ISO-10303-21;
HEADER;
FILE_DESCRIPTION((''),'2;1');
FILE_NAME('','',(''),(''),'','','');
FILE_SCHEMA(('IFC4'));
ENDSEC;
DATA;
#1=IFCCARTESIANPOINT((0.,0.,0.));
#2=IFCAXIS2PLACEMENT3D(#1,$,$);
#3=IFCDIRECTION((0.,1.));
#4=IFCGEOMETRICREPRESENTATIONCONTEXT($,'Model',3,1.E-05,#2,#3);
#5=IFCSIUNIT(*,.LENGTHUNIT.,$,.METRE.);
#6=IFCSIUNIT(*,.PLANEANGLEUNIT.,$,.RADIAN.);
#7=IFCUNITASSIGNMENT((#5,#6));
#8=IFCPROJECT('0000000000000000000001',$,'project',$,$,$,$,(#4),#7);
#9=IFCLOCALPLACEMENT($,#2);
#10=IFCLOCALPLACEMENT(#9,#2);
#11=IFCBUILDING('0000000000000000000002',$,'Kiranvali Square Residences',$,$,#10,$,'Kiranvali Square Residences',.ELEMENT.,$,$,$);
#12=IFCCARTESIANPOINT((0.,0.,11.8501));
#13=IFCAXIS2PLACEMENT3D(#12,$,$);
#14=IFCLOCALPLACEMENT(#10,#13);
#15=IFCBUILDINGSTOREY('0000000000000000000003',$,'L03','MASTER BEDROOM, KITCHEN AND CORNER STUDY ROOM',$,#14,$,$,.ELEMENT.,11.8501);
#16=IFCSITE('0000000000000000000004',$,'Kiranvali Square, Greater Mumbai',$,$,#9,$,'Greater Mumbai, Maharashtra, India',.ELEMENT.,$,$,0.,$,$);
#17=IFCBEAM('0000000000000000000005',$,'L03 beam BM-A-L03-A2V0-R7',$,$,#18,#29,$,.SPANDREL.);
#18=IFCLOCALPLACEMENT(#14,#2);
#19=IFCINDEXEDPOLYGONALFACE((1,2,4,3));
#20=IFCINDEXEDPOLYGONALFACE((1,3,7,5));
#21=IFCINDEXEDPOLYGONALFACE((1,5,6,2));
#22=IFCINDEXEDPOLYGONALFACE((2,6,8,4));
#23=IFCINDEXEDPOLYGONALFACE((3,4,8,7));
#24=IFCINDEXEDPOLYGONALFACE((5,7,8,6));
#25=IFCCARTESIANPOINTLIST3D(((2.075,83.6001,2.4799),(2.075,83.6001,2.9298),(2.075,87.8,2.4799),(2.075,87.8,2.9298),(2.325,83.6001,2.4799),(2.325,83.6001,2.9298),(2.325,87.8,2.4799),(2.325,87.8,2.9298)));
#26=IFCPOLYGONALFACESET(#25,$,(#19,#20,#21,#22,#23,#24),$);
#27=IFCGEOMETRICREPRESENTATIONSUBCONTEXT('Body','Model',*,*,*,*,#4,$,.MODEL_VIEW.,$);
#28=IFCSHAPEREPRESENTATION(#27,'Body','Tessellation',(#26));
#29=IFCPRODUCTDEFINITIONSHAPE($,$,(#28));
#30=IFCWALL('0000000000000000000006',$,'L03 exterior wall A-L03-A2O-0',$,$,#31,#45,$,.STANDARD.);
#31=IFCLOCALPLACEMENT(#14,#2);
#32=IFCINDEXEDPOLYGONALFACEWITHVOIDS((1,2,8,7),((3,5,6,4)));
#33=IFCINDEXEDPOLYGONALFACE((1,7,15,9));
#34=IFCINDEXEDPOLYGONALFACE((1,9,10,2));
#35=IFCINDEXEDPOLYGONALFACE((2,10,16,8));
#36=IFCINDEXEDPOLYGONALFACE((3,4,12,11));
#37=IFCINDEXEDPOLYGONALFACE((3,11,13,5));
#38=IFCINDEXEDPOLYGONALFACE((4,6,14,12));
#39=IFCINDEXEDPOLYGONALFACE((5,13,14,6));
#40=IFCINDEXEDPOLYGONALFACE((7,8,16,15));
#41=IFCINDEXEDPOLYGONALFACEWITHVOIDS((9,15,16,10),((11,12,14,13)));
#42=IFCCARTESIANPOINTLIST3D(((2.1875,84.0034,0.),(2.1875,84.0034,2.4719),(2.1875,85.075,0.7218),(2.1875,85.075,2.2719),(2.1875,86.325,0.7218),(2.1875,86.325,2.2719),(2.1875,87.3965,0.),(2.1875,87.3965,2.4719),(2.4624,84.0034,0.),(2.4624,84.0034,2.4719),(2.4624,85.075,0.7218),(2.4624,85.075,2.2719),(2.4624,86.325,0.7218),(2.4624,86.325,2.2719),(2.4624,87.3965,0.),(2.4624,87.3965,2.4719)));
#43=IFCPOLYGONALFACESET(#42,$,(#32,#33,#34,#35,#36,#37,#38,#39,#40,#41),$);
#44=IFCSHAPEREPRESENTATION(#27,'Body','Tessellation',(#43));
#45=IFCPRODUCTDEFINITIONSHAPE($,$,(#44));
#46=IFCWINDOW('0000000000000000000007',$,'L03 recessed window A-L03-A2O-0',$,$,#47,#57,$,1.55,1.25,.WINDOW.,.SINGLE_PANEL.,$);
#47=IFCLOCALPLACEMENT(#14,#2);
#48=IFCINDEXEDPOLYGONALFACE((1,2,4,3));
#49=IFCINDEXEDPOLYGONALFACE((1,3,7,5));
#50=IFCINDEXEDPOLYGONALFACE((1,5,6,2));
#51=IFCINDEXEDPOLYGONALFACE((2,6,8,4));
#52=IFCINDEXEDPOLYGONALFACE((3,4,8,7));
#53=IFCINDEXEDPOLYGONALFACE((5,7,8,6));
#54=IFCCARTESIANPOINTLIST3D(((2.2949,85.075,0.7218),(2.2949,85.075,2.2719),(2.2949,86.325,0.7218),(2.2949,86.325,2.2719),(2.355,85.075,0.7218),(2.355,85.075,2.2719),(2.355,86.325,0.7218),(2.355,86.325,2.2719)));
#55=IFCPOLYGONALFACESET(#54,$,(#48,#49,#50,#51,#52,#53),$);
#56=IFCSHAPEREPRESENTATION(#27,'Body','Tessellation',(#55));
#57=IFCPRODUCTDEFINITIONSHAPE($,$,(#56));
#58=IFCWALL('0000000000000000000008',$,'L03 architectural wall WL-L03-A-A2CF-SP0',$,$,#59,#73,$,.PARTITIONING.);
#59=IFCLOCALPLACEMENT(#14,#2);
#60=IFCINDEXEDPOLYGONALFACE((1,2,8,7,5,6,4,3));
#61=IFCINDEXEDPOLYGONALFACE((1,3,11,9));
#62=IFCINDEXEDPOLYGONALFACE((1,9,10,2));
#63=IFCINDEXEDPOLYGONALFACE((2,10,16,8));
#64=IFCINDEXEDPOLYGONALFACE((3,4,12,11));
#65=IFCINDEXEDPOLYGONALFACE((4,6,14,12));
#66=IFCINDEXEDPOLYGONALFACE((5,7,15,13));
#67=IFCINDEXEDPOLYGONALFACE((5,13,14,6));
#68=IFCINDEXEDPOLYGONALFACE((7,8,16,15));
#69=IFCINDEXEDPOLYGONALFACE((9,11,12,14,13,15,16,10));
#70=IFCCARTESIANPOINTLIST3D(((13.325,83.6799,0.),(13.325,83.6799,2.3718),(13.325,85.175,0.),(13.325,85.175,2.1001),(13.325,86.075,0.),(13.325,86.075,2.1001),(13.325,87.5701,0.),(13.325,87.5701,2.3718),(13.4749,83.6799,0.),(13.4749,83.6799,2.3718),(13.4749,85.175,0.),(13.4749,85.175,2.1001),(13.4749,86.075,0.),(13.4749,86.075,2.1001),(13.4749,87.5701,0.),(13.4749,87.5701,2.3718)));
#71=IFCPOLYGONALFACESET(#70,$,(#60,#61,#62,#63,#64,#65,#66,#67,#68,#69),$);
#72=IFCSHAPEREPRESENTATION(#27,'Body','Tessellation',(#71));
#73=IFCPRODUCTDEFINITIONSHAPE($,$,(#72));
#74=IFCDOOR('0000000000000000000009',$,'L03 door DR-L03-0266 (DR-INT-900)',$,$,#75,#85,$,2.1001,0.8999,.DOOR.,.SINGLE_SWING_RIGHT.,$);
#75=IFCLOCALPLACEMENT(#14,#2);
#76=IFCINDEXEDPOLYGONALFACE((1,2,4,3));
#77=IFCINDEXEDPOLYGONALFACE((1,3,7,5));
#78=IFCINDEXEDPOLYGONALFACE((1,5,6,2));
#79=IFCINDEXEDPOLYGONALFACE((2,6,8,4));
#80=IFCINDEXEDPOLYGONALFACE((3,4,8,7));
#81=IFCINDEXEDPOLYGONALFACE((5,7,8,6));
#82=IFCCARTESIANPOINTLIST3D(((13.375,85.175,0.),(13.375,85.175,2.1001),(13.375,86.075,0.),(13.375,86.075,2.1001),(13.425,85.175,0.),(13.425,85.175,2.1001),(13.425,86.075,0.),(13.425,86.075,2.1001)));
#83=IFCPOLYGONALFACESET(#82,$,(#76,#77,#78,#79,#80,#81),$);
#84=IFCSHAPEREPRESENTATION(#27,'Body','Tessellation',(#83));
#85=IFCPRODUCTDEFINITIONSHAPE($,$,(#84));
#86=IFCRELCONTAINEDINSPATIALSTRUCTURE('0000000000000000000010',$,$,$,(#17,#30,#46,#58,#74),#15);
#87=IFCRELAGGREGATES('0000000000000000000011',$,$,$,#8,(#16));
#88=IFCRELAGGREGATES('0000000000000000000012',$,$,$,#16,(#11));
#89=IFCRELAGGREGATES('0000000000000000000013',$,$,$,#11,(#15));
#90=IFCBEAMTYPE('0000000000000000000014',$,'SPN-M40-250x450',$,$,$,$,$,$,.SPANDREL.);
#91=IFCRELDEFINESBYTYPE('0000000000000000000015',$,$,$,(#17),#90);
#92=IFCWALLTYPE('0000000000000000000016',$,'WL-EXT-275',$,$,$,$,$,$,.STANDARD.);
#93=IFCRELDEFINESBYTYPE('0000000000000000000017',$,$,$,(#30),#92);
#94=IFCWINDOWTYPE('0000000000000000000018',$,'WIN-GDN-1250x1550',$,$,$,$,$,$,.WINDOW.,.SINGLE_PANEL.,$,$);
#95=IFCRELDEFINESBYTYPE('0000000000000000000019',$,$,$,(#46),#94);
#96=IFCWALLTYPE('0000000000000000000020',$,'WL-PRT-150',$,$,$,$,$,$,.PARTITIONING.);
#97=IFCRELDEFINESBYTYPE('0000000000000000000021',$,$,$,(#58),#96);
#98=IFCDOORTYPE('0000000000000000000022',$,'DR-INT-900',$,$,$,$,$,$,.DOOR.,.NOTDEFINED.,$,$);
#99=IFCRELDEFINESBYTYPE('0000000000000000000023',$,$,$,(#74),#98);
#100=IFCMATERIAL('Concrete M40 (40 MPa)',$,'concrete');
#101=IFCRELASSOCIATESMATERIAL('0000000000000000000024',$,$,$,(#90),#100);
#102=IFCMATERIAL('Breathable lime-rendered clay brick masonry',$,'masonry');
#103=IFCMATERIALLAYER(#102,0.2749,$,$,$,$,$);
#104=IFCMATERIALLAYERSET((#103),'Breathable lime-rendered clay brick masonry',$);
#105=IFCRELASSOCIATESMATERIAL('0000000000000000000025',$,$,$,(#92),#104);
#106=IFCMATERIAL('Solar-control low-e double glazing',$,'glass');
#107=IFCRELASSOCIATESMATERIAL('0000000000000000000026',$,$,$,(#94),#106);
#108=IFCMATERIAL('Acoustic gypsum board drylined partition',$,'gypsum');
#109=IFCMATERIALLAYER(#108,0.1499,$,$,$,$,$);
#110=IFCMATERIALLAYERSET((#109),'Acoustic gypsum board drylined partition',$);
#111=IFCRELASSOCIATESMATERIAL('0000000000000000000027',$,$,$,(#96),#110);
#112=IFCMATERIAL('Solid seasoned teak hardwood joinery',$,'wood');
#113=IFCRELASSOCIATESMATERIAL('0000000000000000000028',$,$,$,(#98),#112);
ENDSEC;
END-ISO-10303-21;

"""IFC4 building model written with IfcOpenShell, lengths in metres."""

from ifc_helpers import new_model, si_unit, direction, frame, frame_2d, origin, origin_2d, place, context, subcontext, project, spatial, rectangle, extrude, material, layer, layer_set, material_profile, profile_set, type_object, element, fill, save


model = new_model("IFC4")

# Units and contexts
model_context = context("Model", 3, precision=1e-05, world=origin(), true_north=direction((0.0, 1.0)))
body_context = subcontext(model_context, "Body", "Model", "MODEL_VIEW")
ifc_project = project(units=[si_unit("LENGTHUNIT", "METRE"), si_unit("PLANEANGLEUNIT", "RADIAN")], contexts=[model_context])

# Site, building, storey
site_placement = place(None, origin())
site = spatial("IfcSite", under=ifc_project, at=site_placement, Name="Kiranvali Square, Greater Mumbai", LongName="Greater Mumbai, Maharashtra, India", CompositionType="ELEMENT", RefElevation=0.0)
building_placement = place(site_placement, origin())
building = spatial("IfcBuilding", under=site, at=building_placement, Name="Kiranvali Square Residences", LongName="Kiranvali Square Residences", CompositionType="ELEMENT")
storey_placement = place(building_placement, frame((0.0, 0.0, 11.8501)))
storey = spatial("IfcBuildingStorey", under=building, at=storey_placement, Name="L03", Description="MASTER BEDROOM, KITCHEN AND CORNER STUDY ROOM", CompositionType="ELEMENT", Elevation=11.8501)

# Beam
ifc_material_1 = material(Name="Concrete M40 (40 MPa)", Category="concrete")
ifc_material_profile_1 = material_profile(ifc_material_1, rectangle(XDim=0.25, YDim=0.45, at=origin_2d()), Name="RC 250x450")
ifc_profile_set_1 = profile_set([ifc_material_profile_1], Name="Concrete M40 (40 MPa)")
beam_type_1 = type_object("IfcBeamType", Name="SPN-M40-250x450", PredefinedType="SPANDREL", material=ifc_profile_set_1)
beam_1_placement = place(storey_placement, frame((2.2, 87.8, 2.7048), z_axis=(0.0, -1.0, 0.0), x_axis=(1.0, 0.0, 0.0)))
element("IfcBeam", 1, at=beam_1_placement, inside=storey, type_object=beam_type_1, Name="L03 beam BM-A-L03-A2V0-R7", PredefinedType="SPANDREL", context=body_context, shape_type="SweptSolid", body=[
    extrude(rectangle(XDim=0.25, YDim=0.45, at=origin_2d()), origin(), (0.0, 0.0, 1.0), 4.2),
])

# Wall, opening, window
ifc_material_2 = material(Name="Breathable lime-rendered clay brick masonry", Category="masonry")
ifc_layer_1 = layer(ifc_material_2, 0.2749)
ifc_layer_set_1 = layer_set([ifc_layer_1], Name="Breathable lime-rendered clay brick masonry")
wall_type_1 = type_object("IfcWallType", Name="WL-EXT-275", PredefinedType="STANDARD", material=ifc_layer_set_1)
wall_1_placement = place(storey_placement, frame((2.325, 87.3965, 0.0), z_axis=(0.0, 0.0, 1.0), x_axis=(0.0, -1.0, 0.0)))
wall_1 = element("IfcWall", 2, at=wall_1_placement, inside=storey, type_object=wall_type_1, Name="L03 exterior wall A-L03-A2O-0", PredefinedType="STANDARD", context=body_context, shape_type="SweptSolid", body=[
    extrude(rectangle(XDim=3.3931, YDim=0.2749, at=frame_2d((1.6965, 0.0))), origin(), (0.0, 0.0, 1.0), 2.4719),
])
opening_1_placement = place(wall_1_placement, frame((1.0715, 0.0, 0.7219)))
opening_1 = element("IfcOpeningElement", 3, at=opening_1_placement, cuts=wall_1, PredefinedType="OPENING", context=body_context, shape_type="SweptSolid", body=[
    extrude(rectangle(XDim=1.25, YDim=1.55, at=frame_2d((0.625, 0.7749))), frame((0.0, 0.1475, 0.0), z_axis=(0.0, -1.0, 0.0), x_axis=(1.0, 0.0, 0.0)), (0.0, 0.0, 1.0), 0.2949),
])
ifc_material_3 = material(Name="Solar-control low-e double glazing", Category="glass")
window_type = type_object("IfcWindowType", Name="WIN-GDN-1250x1550", PartitioningType="SINGLE_PANEL", PredefinedType="WINDOW", material=ifc_material_3)
window_placement = place(opening_1_placement, origin())
window = element("IfcWindow", 4, at=window_placement, inside=storey, type_object=window_type, Name="L03 recessed window A-L03-A2O-0", OverallHeight=1.55, OverallWidth=1.25, PartitioningType="SINGLE_PANEL", PredefinedType="WINDOW", context=body_context, shape_type="SweptSolid", body=[
    extrude(rectangle(XDim=1.25, YDim=1.55, at=frame_2d((0.625, 0.7749))), frame((0.0, 0.03, 0.0), z_axis=(0.0, -1.0, 0.0), x_axis=(1.0, 0.0, 0.0)), (0.0, 0.0, 1.0), 0.0601),
])
fill(opening_1, window)

# Wall, opening, door
ifc_material_4 = material(Name="Acoustic gypsum board drylined partition", Category="gypsum")
ifc_layer_2 = layer(ifc_material_4, 0.1499)
ifc_layer_set_2 = layer_set([ifc_layer_2], Name="Acoustic gypsum board drylined partition")
wall_type_2 = type_object("IfcWallType", Name="WL-PRT-150", PredefinedType="PARTITIONING", material=ifc_layer_set_2)
wall_2_placement = place(storey_placement, frame((13.3999, 87.5701, 0.0), z_axis=(0.0, 0.0, 1.0), x_axis=(0.0, -1.0, 0.0)))
wall_2 = element("IfcWall", 5, at=wall_2_placement, inside=storey, type_object=wall_type_2, Name="L03 architectural wall WL-L03-A-A2CF-SP0", PredefinedType="PARTITIONING", context=body_context, shape_type="SweptSolid", body=[
    extrude(rectangle(XDim=3.8901, YDim=0.1499, at=frame_2d((1.9451, 0.0))), origin(), (0.0, 0.0, 1.0), 2.3718),
])
opening_2_placement = place(wall_2_placement, frame((1.4951, 0.0, 0.0)))
opening_2 = element("IfcOpeningElement", 6, at=opening_2_placement, cuts=wall_2, PredefinedType="OPENING", context=body_context, shape_type="SweptSolid", body=[
    extrude(rectangle(XDim=0.8999, YDim=2.1001, at=frame_2d((0.45, 1.05))), frame((0.0, 0.085, 0.0), z_axis=(0.0, -1.0, 0.0), x_axis=(1.0, 0.0, 0.0)), (0.0, 0.0, 1.0), 0.1699),
])
ifc_material_5 = material(Name="Solid seasoned teak hardwood joinery", Category="wood")
door_type = type_object("IfcDoorType", Name="DR-INT-900", OperationType="NOTDEFINED", PredefinedType="DOOR", material=ifc_material_5)
door_placement = place(opening_2_placement, frame((0.8999, 0.0, 0.0), z_axis=(0.0, 0.0, 1.0), x_axis=(-1.0, 0.0, 0.0)))
door = element("IfcDoor", 7, at=door_placement, inside=storey, type_object=door_type, Name="L03 door DR-L03-0266 (DR-INT-900)", OperationType="SINGLE_SWING_RIGHT", OverallHeight=2.1001, OverallWidth=0.8999, PredefinedType="DOOR", context=body_context, shape_type="SweptSolid", body=[
    extrude(rectangle(XDim=0.8999, YDim=2.1001, at=frame_2d((0.45, 1.05))), frame((0.0, 0.0249, 0.0), z_axis=(0.0, -1.0, 0.0), x_axis=(1.0, 0.0, 0.0)), (0.0, 0.0, 1.0), 0.05),
])
fill(opening_2, door)

save(model, "model.ifc")
